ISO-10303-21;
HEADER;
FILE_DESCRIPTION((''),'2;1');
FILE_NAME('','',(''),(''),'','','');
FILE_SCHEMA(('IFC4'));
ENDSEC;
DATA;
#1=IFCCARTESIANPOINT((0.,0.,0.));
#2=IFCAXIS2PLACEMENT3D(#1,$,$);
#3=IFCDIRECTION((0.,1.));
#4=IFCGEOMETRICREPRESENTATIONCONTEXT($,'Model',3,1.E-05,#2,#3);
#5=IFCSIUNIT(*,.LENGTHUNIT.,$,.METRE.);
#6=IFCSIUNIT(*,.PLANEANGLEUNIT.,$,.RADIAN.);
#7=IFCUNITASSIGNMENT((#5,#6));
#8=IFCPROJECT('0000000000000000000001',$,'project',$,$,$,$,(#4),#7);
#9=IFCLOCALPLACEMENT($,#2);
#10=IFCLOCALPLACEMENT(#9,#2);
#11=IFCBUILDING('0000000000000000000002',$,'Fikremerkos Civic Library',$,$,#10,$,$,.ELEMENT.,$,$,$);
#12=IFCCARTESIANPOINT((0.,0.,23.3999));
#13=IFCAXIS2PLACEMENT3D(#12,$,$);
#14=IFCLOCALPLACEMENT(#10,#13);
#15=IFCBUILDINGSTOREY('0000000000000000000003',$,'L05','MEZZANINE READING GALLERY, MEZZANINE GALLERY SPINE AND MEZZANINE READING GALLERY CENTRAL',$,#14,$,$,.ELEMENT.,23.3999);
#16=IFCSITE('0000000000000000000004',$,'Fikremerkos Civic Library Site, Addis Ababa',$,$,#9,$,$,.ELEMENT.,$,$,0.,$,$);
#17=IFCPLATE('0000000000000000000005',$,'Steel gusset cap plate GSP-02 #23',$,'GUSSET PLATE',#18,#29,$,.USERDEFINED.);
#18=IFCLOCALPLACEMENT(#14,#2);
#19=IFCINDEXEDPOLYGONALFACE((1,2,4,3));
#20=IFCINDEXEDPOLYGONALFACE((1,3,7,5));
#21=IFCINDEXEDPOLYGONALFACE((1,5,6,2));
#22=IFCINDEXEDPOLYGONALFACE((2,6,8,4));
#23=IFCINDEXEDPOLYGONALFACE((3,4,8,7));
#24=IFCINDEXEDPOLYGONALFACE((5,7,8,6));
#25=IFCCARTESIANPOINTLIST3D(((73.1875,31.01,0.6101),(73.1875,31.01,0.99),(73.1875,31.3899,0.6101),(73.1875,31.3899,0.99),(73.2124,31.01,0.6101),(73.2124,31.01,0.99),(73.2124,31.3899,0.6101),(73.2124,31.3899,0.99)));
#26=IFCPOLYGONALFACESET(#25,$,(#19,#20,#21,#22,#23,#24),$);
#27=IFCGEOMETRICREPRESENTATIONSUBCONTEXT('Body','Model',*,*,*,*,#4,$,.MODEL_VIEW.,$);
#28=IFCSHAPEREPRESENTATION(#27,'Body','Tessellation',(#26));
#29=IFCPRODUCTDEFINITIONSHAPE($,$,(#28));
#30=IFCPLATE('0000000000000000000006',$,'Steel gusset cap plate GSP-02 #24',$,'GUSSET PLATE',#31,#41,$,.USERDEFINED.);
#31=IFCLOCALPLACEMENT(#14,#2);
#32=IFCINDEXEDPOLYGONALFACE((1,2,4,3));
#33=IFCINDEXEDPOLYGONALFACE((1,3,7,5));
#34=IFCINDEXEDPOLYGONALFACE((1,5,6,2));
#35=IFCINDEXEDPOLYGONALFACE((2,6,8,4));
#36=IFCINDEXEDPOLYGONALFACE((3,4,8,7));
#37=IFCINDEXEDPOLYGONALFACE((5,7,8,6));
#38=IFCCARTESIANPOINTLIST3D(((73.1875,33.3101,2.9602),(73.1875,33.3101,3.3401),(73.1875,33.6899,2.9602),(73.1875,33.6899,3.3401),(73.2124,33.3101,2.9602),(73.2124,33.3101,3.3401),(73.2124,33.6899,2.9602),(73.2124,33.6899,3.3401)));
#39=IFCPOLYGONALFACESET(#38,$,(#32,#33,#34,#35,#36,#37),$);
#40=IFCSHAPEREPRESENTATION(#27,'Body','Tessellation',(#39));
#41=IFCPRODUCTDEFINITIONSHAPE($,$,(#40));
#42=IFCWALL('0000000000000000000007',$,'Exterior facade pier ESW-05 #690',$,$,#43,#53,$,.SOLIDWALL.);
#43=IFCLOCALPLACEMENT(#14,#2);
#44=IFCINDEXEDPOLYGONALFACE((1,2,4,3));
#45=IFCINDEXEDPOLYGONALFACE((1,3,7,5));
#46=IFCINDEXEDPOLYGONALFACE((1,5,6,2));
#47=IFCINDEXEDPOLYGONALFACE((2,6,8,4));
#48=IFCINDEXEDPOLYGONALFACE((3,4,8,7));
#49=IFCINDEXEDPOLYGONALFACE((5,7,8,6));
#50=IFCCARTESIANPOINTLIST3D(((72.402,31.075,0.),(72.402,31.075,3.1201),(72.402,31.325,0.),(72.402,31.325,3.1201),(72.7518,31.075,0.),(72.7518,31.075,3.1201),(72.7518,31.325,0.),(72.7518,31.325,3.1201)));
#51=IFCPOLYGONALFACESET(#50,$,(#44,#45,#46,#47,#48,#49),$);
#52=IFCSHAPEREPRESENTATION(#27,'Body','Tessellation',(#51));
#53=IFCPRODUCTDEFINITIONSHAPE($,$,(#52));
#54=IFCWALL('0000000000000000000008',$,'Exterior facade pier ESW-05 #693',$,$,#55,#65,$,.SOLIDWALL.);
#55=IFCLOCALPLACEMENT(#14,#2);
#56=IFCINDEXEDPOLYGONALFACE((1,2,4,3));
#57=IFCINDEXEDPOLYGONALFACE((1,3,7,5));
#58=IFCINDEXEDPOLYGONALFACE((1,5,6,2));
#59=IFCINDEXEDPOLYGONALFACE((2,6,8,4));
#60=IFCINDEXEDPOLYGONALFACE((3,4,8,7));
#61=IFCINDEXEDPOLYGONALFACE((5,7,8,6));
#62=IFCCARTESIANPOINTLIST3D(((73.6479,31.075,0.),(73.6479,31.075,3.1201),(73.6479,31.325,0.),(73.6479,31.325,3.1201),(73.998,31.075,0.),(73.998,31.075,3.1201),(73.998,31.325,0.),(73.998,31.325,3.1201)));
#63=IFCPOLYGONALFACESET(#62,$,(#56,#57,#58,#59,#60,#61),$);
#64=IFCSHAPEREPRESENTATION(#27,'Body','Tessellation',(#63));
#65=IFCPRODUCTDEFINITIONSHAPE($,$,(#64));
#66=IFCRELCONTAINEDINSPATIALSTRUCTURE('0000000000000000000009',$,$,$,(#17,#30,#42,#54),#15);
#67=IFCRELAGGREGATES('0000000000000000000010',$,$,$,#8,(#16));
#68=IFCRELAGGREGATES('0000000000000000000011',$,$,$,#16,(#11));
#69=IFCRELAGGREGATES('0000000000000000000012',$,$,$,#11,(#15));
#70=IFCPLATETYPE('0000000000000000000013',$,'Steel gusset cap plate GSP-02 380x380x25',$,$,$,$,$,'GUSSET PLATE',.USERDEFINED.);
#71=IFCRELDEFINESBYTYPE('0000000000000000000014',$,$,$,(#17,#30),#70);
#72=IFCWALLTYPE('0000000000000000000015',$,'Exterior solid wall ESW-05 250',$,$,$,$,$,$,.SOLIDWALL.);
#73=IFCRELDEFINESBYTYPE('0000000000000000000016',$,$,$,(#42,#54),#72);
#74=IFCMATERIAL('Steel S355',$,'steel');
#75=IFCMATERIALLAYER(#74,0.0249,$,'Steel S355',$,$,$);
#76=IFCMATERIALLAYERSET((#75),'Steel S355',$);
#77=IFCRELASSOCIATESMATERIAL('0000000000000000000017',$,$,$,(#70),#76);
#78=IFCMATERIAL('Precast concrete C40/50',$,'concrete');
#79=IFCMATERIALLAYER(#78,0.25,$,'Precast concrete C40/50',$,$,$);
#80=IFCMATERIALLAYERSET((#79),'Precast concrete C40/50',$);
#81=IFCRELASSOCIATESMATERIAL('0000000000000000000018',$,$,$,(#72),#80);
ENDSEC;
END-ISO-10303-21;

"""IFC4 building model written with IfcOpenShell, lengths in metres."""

from ifc_helpers import new_model, si_unit, direction, frame, frame_2d, origin, origin_2d, place, context, subcontext, project, spatial, rectangle, extrude, material, layer, layer_set, type_object, element, save


model = new_model("IFC4")

# Units and contexts
model_context = context("Model", 3, precision=1e-05, world=origin(), true_north=direction((0.0, 1.0)))
body_context = subcontext(model_context, "Body", "Model", "MODEL_VIEW")
ifc_project = project(units=[si_unit("LENGTHUNIT", "METRE"), si_unit("PLANEANGLEUNIT", "RADIAN")], contexts=[model_context])

# Site, building, storey
site_placement = place(None, origin())
site = spatial("IfcSite", under=ifc_project, at=site_placement, Name="Fikremerkos Civic Library Site, Addis Ababa", CompositionType="ELEMENT", RefElevation=0.0)
building_placement = place(site_placement, origin())
building = spatial("IfcBuilding", under=site, at=building_placement, Name="Fikremerkos Civic Library", CompositionType="ELEMENT")
storey_placement = place(building_placement, frame((0.0, 0.0, 23.3999)))
storey = spatial("IfcBuildingStorey", under=building, at=storey_placement, Name="L05", Description="MEZZANINE READING GALLERY, MEZZANINE GALLERY SPINE AND MEZZANINE READING GALLERY CENTRAL", CompositionType="ELEMENT", Elevation=23.3999)

# Shared definitions
ifc_material_1 = material(Name="Steel S355", Category="steel")

# Plates
ifc_layer_1 = layer(ifc_material_1, 0.0249, Name="Steel S355")
ifc_layer_set_1 = layer_set([ifc_layer_1], Name="Steel S355")
plate_type_1 = type_object("IfcPlateType", Name="Steel gusset cap plate GSP-02 380x380x25", ElementType="GUSSET PLATE", PredefinedType="USERDEFINED", material=ifc_layer_set_1)
for number, where, z_axis, x_axis, name in (
    (1, (73.2, 31.2, 0.6101), (0.0, 0.0, 1.0), (1.0, 0.0, 0.0), "Steel gusset cap plate GSP-02 #23"),
    (2, (73.2, 33.5, 2.9602), (0.0, 0.0, 1.0), (1.0, 0.0, 0.0), "Steel gusset cap plate GSP-02 #24"),
):
    element("IfcPlate", number, at=place(storey_placement, frame(where, z_axis=z_axis, x_axis=x_axis)), inside=storey, type_object=plate_type_1, Name=name, ObjectType="GUSSET PLATE", PredefinedType="USERDEFINED", context=body_context, shape_type="SweptSolid", body=[
        extrude(rectangle(XDim=0.0249, YDim=0.3799, at=origin_2d()), origin(), (0.0, 0.0, 1.0), 0.3799),
    ])

# Walls
ifc_material_2 = material(Name="Precast concrete C40/50", Category="concrete")
ifc_layer_2 = layer(ifc_material_2, 0.25, Name="Precast concrete C40/50")
ifc_layer_set_2 = layer_set([ifc_layer_2], Name="Precast concrete C40/50")
wall_type = type_object("IfcWallType", Name="Exterior solid wall ESW-05 250", PredefinedType="SOLIDWALL", material=ifc_layer_set_2)
wall_1_placement = place(storey_placement, frame((72.4021, 31.2, 0.0), z_axis=(0.0, 0.0, 1.0), x_axis=(1.0, 0.0, 0.0)))
element("IfcWall", 3, at=wall_1_placement, inside=storey, type_object=wall_type, Name="Exterior facade pier ESW-05 #690", PredefinedType="SOLIDWALL", context=body_context, shape_type="SweptSolid", body=[
    extrude(rectangle(XDim=0.3499, YDim=0.25, at=frame_2d((0.1748, 0.0))), origin(), (0.0, 0.0, 1.0), 3.1201),
])
wall_2_placement = place(storey_placement, frame((73.6479, 31.2, 0.0), z_axis=(0.0, 0.0, 1.0), x_axis=(1.0, 0.0, 0.0)))
element("IfcWall", 4, at=wall_2_placement, inside=storey, type_object=wall_type, Name="Exterior facade pier ESW-05 #693", PredefinedType="SOLIDWALL", context=body_context, shape_type="SweptSolid", body=[
    extrude(rectangle(XDim=0.3501, YDim=0.25, at=frame_2d((0.175, 0.0))), origin(), (0.0, 0.0, 1.0), 3.1201),
])

save(model, "model.ifc")
